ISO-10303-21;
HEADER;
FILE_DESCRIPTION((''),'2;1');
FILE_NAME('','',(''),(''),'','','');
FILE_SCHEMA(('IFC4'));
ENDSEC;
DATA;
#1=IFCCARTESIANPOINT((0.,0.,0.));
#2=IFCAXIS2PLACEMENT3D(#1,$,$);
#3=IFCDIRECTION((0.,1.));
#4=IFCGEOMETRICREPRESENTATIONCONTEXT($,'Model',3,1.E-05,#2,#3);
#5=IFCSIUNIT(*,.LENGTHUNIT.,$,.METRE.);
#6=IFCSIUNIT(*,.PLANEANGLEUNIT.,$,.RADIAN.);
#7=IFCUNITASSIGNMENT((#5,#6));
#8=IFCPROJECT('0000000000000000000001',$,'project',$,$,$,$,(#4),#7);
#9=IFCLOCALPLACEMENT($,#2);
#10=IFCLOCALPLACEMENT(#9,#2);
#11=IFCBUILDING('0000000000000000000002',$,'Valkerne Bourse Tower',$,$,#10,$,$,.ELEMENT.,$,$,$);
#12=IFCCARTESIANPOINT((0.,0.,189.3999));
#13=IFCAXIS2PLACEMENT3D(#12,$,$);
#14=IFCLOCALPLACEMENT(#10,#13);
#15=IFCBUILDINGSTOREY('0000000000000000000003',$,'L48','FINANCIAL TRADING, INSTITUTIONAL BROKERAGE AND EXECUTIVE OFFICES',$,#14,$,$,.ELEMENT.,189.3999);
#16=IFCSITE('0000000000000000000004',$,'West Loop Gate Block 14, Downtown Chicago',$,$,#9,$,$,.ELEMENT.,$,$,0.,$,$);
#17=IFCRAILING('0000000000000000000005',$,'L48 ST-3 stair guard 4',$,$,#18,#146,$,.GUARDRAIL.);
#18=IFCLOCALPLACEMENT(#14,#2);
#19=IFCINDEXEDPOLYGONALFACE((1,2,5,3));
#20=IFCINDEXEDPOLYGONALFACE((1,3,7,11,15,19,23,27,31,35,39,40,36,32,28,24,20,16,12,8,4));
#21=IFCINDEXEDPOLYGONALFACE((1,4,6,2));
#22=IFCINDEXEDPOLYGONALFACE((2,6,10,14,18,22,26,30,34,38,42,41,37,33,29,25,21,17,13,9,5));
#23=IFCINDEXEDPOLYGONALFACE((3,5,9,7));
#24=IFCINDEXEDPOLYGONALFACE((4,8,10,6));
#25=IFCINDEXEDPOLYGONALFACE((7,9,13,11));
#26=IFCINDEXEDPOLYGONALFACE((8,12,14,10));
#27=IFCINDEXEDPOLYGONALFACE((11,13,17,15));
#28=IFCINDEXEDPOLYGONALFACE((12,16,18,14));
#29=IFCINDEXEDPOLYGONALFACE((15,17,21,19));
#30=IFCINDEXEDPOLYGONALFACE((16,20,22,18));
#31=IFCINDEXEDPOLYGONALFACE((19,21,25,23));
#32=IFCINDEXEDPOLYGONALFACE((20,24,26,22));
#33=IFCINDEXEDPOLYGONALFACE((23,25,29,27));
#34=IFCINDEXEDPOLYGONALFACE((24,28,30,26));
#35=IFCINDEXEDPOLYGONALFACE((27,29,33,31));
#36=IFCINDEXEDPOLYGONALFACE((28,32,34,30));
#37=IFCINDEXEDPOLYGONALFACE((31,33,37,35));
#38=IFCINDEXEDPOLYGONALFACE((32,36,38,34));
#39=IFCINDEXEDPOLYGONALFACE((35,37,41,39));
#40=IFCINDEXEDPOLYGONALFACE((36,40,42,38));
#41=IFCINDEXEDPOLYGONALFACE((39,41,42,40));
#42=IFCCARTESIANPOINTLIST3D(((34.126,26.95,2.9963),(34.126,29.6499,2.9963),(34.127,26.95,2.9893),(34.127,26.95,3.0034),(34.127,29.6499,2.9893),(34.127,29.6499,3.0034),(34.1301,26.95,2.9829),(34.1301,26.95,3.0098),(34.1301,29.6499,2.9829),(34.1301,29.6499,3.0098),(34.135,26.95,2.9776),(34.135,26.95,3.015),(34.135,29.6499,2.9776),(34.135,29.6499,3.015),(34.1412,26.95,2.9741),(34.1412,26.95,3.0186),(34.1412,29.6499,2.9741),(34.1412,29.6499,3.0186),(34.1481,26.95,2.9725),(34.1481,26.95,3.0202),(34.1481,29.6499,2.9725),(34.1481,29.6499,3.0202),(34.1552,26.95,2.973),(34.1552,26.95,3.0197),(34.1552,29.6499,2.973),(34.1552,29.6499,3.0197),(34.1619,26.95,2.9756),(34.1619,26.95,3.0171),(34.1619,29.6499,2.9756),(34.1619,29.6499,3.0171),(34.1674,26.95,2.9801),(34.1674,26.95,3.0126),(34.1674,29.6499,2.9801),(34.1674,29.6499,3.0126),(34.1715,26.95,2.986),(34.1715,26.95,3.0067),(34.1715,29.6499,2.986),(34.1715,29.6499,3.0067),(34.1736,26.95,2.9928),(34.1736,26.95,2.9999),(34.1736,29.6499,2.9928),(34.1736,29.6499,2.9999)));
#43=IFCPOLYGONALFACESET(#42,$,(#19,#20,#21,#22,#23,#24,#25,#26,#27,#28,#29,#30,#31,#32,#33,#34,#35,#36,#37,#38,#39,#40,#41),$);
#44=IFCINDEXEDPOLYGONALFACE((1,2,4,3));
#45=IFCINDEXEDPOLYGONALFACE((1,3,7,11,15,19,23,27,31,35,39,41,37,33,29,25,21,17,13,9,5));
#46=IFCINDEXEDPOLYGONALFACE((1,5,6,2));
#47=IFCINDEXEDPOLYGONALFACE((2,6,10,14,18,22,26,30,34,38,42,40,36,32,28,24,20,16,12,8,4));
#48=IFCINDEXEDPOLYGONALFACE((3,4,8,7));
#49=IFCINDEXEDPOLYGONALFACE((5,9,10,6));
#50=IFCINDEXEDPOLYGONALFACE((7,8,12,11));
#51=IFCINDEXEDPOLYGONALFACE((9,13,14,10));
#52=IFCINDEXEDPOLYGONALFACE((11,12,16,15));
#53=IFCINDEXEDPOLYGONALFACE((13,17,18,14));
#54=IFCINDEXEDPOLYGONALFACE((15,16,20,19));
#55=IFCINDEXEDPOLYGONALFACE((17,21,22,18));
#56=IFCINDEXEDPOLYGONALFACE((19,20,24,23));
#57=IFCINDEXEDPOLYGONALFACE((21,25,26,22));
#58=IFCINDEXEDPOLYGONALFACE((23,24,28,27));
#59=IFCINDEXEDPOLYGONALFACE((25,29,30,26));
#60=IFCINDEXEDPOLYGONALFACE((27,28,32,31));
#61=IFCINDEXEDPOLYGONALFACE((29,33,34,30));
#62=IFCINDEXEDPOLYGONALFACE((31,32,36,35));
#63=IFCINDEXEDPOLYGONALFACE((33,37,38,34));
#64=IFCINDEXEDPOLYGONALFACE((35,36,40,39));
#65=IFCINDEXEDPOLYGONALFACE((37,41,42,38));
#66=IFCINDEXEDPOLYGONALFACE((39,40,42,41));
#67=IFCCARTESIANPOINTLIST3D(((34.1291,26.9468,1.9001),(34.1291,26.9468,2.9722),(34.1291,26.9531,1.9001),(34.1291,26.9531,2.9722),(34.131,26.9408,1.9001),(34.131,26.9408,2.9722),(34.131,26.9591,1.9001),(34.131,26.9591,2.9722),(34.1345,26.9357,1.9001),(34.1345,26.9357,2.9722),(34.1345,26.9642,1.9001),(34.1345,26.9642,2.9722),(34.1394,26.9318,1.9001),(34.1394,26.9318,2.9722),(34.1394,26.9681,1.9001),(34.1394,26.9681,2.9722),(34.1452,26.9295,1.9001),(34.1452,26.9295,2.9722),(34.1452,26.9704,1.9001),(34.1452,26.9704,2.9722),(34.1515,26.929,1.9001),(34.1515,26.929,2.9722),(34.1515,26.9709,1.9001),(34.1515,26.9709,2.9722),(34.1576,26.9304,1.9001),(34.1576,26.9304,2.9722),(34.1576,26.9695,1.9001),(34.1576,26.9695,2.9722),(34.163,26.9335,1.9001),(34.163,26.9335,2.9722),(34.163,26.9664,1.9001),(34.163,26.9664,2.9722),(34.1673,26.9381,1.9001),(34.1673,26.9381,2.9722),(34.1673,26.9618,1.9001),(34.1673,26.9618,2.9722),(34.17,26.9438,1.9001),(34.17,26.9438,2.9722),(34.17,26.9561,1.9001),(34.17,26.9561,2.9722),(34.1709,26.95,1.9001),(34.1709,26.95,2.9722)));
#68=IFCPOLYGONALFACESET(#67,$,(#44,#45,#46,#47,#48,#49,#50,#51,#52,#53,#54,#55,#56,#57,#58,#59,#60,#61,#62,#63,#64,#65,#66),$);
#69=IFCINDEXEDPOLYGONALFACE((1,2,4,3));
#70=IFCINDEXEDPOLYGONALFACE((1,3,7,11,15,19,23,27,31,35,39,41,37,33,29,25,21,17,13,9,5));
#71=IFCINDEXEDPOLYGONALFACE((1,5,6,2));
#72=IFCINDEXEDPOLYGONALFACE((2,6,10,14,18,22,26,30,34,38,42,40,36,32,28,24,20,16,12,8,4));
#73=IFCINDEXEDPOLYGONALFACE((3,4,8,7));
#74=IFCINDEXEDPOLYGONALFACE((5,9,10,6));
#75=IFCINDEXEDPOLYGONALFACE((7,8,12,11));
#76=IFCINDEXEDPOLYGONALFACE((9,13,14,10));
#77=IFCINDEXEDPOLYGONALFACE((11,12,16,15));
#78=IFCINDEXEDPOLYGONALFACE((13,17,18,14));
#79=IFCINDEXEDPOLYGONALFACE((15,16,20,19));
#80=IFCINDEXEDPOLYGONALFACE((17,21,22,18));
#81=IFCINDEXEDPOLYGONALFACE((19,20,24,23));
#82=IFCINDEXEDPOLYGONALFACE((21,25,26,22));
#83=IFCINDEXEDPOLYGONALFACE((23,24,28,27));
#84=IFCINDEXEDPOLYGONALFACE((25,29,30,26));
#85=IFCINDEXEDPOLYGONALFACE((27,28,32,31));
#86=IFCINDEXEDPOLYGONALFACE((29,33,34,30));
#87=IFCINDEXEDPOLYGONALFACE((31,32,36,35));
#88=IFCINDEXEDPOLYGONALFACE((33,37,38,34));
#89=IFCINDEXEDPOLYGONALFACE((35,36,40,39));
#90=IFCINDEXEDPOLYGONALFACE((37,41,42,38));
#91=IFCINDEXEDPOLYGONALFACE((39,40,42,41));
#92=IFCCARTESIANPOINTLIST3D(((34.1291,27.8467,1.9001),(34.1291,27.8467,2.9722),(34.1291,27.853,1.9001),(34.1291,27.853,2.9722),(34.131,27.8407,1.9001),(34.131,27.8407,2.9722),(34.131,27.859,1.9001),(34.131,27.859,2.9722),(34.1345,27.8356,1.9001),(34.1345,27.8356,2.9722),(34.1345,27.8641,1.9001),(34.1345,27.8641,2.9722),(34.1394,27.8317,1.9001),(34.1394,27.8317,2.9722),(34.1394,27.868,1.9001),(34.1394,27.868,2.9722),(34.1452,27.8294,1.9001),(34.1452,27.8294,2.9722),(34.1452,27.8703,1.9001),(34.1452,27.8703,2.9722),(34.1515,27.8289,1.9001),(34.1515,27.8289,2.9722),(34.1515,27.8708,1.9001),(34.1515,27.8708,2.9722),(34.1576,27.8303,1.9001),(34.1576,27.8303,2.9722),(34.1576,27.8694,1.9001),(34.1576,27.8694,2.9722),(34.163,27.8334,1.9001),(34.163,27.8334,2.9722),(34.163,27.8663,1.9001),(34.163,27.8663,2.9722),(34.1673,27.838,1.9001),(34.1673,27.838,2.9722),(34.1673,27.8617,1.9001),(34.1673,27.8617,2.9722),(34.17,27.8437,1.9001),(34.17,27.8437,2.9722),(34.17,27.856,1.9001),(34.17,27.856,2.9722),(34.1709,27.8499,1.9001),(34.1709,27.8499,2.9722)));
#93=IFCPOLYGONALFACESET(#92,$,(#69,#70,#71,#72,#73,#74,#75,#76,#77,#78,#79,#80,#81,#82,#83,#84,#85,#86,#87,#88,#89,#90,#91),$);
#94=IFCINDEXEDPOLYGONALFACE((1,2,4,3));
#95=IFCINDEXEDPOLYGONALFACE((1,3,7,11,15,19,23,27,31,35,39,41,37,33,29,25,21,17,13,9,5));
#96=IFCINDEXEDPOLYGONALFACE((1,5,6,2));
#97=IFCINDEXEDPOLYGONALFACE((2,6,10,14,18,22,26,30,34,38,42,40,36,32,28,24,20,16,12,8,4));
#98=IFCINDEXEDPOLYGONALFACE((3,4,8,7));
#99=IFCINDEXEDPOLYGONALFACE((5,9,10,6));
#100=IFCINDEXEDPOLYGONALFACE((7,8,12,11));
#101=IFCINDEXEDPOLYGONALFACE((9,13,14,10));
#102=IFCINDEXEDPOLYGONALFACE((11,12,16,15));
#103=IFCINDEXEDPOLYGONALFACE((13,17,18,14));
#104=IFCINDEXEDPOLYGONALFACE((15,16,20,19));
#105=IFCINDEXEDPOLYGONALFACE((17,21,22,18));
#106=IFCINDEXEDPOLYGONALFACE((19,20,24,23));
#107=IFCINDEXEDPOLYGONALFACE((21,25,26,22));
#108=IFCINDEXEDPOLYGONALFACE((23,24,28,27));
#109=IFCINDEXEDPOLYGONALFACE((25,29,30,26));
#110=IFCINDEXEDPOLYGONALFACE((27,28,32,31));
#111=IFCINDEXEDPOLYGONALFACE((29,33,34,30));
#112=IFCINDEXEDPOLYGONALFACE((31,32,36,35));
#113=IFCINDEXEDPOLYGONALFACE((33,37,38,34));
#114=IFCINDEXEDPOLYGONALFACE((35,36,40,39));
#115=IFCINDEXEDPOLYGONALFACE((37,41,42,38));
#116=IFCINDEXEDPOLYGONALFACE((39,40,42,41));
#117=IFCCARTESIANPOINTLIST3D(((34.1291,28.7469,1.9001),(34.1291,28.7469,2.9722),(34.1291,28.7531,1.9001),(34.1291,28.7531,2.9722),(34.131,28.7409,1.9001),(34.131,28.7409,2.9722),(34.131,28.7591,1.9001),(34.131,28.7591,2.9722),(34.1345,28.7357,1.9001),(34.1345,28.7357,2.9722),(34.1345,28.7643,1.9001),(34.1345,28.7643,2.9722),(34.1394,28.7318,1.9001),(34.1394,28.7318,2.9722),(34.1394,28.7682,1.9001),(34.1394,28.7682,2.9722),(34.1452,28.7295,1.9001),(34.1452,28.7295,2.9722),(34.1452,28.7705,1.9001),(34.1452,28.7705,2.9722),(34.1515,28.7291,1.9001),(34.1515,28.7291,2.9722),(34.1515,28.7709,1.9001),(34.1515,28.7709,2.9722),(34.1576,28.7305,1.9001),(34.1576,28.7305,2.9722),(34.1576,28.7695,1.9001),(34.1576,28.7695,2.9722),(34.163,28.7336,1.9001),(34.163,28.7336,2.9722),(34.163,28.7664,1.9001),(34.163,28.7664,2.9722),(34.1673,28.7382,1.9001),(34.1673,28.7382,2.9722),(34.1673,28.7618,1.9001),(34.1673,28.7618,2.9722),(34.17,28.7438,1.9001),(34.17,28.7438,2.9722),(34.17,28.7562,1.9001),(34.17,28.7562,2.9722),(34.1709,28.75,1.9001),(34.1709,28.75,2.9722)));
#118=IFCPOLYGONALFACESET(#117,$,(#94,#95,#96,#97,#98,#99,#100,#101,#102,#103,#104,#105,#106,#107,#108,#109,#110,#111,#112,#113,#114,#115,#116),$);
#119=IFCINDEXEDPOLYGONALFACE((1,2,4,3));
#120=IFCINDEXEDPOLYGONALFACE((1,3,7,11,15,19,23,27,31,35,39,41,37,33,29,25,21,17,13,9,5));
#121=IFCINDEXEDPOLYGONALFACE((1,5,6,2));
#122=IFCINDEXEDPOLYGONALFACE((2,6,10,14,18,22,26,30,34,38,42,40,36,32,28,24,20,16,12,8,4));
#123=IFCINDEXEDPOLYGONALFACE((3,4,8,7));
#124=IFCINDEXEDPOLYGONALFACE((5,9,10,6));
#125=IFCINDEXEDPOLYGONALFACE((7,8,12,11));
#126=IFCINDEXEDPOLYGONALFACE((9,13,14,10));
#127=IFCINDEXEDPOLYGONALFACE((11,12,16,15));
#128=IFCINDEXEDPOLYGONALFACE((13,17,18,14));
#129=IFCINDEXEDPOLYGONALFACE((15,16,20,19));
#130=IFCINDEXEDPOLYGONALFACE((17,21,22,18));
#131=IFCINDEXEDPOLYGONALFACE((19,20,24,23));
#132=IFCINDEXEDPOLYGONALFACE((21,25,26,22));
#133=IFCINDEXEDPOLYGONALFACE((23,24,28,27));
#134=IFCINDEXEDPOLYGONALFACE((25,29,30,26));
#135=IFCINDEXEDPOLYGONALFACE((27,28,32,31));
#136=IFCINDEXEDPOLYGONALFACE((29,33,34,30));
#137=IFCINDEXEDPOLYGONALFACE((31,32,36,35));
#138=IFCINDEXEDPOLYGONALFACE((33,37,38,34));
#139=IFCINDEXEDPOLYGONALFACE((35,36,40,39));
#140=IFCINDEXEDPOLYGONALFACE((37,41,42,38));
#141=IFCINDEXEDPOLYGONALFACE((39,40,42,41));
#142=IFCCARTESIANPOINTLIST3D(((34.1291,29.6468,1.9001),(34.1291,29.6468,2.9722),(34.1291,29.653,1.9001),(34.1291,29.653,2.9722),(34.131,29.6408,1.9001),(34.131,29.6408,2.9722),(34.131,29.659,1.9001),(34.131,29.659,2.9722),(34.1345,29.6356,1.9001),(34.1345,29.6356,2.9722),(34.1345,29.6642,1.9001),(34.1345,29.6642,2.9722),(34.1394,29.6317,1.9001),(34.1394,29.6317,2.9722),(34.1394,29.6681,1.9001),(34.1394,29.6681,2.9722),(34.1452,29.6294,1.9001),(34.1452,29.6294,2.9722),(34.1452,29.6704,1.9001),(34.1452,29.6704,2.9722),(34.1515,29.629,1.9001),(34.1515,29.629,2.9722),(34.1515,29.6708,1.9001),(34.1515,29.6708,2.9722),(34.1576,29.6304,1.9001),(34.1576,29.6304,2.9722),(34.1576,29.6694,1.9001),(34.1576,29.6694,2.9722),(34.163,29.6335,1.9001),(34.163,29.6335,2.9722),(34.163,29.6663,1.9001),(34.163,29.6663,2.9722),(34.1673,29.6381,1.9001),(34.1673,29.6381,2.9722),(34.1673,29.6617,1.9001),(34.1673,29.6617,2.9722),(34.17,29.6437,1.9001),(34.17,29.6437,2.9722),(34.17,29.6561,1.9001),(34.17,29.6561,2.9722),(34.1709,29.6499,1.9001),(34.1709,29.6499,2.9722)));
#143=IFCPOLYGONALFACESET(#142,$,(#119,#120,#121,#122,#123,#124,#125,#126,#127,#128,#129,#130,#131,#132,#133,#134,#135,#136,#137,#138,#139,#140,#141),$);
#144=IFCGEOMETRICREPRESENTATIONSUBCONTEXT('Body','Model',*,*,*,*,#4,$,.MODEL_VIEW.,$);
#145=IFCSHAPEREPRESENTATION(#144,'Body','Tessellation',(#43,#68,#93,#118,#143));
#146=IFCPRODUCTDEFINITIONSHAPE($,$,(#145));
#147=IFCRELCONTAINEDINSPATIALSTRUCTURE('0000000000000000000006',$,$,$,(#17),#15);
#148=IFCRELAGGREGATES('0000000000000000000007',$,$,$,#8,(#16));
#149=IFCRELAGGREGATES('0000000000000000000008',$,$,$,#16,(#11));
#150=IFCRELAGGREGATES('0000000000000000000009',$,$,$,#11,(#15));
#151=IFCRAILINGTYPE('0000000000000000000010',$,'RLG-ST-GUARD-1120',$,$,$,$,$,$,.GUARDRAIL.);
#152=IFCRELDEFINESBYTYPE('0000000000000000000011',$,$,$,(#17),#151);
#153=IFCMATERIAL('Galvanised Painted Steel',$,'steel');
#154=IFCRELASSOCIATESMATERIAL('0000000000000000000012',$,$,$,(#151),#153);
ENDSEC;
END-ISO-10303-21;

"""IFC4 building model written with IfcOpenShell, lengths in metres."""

from ifc_helpers import new_model, si_unit, direction, frame, origin, origin_2d, place, context, subcontext, project, spatial, circle, extrude, material, type_object, element, save


model = new_model("IFC4")

# Units and contexts
model_context = context("Model", 3, precision=1e-05, world=origin(), true_north=direction((0.0, 1.0)))
body_context = subcontext(model_context, "Body", "Model", "MODEL_VIEW")
ifc_project = project(units=[si_unit("LENGTHUNIT", "METRE"), si_unit("PLANEANGLEUNIT", "RADIAN")], contexts=[model_context])

# Site, building, storey
site_placement = place(None, origin())
site = spatial("IfcSite", under=ifc_project, at=site_placement, Name="West Loop Gate Block 14, Downtown Chicago", CompositionType="ELEMENT", RefElevation=0.0)
building_placement = place(site_placement, origin())
building = spatial("IfcBuilding", under=site, at=building_placement, Name="Valkerne Bourse Tower", CompositionType="ELEMENT")
storey_placement = place(building_placement, frame((0.0, 0.0, 189.3999)))
storey = spatial("IfcBuildingStorey", under=building, at=storey_placement, Name="L48", Description="FINANCIAL TRADING, INSTITUTIONAL BROKERAGE AND EXECUTIVE OFFICES", CompositionType="ELEMENT", Elevation=189.3999)

# Shared definitions
ifc_material_1 = material(Name="Galvanised Painted Steel", Category="steel")

# Railing
railing_type_1 = type_object("IfcRailingType", Name="RLG-ST-GUARD-1120", PredefinedType="GUARDRAIL", material=ifc_material_1)
railing_1_placement = place(storey_placement, frame((34.1499, 26.95, 1.9001)))
element("IfcRailing", 1, at=railing_1_placement, inside=storey, type_object=railing_type_1, Name="L48 ST-3 stair guard 4", PredefinedType="GUARDRAIL", context=body_context, shape_type="SweptSolid", body=[
    extrude(circle(Radius=0.0239, at=origin_2d()), frame((0.0, 0.0, 1.0962), z_axis=(0.0, 1.0, 0.0), x_axis=(-1.0, 0.0, 0.0)), (0.0, 0.0, 1.0), 2.7),
    extrude(circle(Radius=0.021, at=origin_2d()), origin(), (0.0, 0.0, 1.0), 1.072),
    extrude(circle(Radius=0.021, at=origin_2d()), frame((0.0, 0.8999, 0.0)), (0.0, 0.0, 1.0), 1.072),
    extrude(circle(Radius=0.021, at=origin_2d()), frame((0.0, 1.8, 0.0)), (0.0, 0.0, 1.0), 1.072),
    extrude(circle(Radius=0.021, at=origin_2d()), frame((0.0, 2.7, 0.0)), (0.0, 0.0, 1.0), 1.072),
])

save(model, "model.ifc")
